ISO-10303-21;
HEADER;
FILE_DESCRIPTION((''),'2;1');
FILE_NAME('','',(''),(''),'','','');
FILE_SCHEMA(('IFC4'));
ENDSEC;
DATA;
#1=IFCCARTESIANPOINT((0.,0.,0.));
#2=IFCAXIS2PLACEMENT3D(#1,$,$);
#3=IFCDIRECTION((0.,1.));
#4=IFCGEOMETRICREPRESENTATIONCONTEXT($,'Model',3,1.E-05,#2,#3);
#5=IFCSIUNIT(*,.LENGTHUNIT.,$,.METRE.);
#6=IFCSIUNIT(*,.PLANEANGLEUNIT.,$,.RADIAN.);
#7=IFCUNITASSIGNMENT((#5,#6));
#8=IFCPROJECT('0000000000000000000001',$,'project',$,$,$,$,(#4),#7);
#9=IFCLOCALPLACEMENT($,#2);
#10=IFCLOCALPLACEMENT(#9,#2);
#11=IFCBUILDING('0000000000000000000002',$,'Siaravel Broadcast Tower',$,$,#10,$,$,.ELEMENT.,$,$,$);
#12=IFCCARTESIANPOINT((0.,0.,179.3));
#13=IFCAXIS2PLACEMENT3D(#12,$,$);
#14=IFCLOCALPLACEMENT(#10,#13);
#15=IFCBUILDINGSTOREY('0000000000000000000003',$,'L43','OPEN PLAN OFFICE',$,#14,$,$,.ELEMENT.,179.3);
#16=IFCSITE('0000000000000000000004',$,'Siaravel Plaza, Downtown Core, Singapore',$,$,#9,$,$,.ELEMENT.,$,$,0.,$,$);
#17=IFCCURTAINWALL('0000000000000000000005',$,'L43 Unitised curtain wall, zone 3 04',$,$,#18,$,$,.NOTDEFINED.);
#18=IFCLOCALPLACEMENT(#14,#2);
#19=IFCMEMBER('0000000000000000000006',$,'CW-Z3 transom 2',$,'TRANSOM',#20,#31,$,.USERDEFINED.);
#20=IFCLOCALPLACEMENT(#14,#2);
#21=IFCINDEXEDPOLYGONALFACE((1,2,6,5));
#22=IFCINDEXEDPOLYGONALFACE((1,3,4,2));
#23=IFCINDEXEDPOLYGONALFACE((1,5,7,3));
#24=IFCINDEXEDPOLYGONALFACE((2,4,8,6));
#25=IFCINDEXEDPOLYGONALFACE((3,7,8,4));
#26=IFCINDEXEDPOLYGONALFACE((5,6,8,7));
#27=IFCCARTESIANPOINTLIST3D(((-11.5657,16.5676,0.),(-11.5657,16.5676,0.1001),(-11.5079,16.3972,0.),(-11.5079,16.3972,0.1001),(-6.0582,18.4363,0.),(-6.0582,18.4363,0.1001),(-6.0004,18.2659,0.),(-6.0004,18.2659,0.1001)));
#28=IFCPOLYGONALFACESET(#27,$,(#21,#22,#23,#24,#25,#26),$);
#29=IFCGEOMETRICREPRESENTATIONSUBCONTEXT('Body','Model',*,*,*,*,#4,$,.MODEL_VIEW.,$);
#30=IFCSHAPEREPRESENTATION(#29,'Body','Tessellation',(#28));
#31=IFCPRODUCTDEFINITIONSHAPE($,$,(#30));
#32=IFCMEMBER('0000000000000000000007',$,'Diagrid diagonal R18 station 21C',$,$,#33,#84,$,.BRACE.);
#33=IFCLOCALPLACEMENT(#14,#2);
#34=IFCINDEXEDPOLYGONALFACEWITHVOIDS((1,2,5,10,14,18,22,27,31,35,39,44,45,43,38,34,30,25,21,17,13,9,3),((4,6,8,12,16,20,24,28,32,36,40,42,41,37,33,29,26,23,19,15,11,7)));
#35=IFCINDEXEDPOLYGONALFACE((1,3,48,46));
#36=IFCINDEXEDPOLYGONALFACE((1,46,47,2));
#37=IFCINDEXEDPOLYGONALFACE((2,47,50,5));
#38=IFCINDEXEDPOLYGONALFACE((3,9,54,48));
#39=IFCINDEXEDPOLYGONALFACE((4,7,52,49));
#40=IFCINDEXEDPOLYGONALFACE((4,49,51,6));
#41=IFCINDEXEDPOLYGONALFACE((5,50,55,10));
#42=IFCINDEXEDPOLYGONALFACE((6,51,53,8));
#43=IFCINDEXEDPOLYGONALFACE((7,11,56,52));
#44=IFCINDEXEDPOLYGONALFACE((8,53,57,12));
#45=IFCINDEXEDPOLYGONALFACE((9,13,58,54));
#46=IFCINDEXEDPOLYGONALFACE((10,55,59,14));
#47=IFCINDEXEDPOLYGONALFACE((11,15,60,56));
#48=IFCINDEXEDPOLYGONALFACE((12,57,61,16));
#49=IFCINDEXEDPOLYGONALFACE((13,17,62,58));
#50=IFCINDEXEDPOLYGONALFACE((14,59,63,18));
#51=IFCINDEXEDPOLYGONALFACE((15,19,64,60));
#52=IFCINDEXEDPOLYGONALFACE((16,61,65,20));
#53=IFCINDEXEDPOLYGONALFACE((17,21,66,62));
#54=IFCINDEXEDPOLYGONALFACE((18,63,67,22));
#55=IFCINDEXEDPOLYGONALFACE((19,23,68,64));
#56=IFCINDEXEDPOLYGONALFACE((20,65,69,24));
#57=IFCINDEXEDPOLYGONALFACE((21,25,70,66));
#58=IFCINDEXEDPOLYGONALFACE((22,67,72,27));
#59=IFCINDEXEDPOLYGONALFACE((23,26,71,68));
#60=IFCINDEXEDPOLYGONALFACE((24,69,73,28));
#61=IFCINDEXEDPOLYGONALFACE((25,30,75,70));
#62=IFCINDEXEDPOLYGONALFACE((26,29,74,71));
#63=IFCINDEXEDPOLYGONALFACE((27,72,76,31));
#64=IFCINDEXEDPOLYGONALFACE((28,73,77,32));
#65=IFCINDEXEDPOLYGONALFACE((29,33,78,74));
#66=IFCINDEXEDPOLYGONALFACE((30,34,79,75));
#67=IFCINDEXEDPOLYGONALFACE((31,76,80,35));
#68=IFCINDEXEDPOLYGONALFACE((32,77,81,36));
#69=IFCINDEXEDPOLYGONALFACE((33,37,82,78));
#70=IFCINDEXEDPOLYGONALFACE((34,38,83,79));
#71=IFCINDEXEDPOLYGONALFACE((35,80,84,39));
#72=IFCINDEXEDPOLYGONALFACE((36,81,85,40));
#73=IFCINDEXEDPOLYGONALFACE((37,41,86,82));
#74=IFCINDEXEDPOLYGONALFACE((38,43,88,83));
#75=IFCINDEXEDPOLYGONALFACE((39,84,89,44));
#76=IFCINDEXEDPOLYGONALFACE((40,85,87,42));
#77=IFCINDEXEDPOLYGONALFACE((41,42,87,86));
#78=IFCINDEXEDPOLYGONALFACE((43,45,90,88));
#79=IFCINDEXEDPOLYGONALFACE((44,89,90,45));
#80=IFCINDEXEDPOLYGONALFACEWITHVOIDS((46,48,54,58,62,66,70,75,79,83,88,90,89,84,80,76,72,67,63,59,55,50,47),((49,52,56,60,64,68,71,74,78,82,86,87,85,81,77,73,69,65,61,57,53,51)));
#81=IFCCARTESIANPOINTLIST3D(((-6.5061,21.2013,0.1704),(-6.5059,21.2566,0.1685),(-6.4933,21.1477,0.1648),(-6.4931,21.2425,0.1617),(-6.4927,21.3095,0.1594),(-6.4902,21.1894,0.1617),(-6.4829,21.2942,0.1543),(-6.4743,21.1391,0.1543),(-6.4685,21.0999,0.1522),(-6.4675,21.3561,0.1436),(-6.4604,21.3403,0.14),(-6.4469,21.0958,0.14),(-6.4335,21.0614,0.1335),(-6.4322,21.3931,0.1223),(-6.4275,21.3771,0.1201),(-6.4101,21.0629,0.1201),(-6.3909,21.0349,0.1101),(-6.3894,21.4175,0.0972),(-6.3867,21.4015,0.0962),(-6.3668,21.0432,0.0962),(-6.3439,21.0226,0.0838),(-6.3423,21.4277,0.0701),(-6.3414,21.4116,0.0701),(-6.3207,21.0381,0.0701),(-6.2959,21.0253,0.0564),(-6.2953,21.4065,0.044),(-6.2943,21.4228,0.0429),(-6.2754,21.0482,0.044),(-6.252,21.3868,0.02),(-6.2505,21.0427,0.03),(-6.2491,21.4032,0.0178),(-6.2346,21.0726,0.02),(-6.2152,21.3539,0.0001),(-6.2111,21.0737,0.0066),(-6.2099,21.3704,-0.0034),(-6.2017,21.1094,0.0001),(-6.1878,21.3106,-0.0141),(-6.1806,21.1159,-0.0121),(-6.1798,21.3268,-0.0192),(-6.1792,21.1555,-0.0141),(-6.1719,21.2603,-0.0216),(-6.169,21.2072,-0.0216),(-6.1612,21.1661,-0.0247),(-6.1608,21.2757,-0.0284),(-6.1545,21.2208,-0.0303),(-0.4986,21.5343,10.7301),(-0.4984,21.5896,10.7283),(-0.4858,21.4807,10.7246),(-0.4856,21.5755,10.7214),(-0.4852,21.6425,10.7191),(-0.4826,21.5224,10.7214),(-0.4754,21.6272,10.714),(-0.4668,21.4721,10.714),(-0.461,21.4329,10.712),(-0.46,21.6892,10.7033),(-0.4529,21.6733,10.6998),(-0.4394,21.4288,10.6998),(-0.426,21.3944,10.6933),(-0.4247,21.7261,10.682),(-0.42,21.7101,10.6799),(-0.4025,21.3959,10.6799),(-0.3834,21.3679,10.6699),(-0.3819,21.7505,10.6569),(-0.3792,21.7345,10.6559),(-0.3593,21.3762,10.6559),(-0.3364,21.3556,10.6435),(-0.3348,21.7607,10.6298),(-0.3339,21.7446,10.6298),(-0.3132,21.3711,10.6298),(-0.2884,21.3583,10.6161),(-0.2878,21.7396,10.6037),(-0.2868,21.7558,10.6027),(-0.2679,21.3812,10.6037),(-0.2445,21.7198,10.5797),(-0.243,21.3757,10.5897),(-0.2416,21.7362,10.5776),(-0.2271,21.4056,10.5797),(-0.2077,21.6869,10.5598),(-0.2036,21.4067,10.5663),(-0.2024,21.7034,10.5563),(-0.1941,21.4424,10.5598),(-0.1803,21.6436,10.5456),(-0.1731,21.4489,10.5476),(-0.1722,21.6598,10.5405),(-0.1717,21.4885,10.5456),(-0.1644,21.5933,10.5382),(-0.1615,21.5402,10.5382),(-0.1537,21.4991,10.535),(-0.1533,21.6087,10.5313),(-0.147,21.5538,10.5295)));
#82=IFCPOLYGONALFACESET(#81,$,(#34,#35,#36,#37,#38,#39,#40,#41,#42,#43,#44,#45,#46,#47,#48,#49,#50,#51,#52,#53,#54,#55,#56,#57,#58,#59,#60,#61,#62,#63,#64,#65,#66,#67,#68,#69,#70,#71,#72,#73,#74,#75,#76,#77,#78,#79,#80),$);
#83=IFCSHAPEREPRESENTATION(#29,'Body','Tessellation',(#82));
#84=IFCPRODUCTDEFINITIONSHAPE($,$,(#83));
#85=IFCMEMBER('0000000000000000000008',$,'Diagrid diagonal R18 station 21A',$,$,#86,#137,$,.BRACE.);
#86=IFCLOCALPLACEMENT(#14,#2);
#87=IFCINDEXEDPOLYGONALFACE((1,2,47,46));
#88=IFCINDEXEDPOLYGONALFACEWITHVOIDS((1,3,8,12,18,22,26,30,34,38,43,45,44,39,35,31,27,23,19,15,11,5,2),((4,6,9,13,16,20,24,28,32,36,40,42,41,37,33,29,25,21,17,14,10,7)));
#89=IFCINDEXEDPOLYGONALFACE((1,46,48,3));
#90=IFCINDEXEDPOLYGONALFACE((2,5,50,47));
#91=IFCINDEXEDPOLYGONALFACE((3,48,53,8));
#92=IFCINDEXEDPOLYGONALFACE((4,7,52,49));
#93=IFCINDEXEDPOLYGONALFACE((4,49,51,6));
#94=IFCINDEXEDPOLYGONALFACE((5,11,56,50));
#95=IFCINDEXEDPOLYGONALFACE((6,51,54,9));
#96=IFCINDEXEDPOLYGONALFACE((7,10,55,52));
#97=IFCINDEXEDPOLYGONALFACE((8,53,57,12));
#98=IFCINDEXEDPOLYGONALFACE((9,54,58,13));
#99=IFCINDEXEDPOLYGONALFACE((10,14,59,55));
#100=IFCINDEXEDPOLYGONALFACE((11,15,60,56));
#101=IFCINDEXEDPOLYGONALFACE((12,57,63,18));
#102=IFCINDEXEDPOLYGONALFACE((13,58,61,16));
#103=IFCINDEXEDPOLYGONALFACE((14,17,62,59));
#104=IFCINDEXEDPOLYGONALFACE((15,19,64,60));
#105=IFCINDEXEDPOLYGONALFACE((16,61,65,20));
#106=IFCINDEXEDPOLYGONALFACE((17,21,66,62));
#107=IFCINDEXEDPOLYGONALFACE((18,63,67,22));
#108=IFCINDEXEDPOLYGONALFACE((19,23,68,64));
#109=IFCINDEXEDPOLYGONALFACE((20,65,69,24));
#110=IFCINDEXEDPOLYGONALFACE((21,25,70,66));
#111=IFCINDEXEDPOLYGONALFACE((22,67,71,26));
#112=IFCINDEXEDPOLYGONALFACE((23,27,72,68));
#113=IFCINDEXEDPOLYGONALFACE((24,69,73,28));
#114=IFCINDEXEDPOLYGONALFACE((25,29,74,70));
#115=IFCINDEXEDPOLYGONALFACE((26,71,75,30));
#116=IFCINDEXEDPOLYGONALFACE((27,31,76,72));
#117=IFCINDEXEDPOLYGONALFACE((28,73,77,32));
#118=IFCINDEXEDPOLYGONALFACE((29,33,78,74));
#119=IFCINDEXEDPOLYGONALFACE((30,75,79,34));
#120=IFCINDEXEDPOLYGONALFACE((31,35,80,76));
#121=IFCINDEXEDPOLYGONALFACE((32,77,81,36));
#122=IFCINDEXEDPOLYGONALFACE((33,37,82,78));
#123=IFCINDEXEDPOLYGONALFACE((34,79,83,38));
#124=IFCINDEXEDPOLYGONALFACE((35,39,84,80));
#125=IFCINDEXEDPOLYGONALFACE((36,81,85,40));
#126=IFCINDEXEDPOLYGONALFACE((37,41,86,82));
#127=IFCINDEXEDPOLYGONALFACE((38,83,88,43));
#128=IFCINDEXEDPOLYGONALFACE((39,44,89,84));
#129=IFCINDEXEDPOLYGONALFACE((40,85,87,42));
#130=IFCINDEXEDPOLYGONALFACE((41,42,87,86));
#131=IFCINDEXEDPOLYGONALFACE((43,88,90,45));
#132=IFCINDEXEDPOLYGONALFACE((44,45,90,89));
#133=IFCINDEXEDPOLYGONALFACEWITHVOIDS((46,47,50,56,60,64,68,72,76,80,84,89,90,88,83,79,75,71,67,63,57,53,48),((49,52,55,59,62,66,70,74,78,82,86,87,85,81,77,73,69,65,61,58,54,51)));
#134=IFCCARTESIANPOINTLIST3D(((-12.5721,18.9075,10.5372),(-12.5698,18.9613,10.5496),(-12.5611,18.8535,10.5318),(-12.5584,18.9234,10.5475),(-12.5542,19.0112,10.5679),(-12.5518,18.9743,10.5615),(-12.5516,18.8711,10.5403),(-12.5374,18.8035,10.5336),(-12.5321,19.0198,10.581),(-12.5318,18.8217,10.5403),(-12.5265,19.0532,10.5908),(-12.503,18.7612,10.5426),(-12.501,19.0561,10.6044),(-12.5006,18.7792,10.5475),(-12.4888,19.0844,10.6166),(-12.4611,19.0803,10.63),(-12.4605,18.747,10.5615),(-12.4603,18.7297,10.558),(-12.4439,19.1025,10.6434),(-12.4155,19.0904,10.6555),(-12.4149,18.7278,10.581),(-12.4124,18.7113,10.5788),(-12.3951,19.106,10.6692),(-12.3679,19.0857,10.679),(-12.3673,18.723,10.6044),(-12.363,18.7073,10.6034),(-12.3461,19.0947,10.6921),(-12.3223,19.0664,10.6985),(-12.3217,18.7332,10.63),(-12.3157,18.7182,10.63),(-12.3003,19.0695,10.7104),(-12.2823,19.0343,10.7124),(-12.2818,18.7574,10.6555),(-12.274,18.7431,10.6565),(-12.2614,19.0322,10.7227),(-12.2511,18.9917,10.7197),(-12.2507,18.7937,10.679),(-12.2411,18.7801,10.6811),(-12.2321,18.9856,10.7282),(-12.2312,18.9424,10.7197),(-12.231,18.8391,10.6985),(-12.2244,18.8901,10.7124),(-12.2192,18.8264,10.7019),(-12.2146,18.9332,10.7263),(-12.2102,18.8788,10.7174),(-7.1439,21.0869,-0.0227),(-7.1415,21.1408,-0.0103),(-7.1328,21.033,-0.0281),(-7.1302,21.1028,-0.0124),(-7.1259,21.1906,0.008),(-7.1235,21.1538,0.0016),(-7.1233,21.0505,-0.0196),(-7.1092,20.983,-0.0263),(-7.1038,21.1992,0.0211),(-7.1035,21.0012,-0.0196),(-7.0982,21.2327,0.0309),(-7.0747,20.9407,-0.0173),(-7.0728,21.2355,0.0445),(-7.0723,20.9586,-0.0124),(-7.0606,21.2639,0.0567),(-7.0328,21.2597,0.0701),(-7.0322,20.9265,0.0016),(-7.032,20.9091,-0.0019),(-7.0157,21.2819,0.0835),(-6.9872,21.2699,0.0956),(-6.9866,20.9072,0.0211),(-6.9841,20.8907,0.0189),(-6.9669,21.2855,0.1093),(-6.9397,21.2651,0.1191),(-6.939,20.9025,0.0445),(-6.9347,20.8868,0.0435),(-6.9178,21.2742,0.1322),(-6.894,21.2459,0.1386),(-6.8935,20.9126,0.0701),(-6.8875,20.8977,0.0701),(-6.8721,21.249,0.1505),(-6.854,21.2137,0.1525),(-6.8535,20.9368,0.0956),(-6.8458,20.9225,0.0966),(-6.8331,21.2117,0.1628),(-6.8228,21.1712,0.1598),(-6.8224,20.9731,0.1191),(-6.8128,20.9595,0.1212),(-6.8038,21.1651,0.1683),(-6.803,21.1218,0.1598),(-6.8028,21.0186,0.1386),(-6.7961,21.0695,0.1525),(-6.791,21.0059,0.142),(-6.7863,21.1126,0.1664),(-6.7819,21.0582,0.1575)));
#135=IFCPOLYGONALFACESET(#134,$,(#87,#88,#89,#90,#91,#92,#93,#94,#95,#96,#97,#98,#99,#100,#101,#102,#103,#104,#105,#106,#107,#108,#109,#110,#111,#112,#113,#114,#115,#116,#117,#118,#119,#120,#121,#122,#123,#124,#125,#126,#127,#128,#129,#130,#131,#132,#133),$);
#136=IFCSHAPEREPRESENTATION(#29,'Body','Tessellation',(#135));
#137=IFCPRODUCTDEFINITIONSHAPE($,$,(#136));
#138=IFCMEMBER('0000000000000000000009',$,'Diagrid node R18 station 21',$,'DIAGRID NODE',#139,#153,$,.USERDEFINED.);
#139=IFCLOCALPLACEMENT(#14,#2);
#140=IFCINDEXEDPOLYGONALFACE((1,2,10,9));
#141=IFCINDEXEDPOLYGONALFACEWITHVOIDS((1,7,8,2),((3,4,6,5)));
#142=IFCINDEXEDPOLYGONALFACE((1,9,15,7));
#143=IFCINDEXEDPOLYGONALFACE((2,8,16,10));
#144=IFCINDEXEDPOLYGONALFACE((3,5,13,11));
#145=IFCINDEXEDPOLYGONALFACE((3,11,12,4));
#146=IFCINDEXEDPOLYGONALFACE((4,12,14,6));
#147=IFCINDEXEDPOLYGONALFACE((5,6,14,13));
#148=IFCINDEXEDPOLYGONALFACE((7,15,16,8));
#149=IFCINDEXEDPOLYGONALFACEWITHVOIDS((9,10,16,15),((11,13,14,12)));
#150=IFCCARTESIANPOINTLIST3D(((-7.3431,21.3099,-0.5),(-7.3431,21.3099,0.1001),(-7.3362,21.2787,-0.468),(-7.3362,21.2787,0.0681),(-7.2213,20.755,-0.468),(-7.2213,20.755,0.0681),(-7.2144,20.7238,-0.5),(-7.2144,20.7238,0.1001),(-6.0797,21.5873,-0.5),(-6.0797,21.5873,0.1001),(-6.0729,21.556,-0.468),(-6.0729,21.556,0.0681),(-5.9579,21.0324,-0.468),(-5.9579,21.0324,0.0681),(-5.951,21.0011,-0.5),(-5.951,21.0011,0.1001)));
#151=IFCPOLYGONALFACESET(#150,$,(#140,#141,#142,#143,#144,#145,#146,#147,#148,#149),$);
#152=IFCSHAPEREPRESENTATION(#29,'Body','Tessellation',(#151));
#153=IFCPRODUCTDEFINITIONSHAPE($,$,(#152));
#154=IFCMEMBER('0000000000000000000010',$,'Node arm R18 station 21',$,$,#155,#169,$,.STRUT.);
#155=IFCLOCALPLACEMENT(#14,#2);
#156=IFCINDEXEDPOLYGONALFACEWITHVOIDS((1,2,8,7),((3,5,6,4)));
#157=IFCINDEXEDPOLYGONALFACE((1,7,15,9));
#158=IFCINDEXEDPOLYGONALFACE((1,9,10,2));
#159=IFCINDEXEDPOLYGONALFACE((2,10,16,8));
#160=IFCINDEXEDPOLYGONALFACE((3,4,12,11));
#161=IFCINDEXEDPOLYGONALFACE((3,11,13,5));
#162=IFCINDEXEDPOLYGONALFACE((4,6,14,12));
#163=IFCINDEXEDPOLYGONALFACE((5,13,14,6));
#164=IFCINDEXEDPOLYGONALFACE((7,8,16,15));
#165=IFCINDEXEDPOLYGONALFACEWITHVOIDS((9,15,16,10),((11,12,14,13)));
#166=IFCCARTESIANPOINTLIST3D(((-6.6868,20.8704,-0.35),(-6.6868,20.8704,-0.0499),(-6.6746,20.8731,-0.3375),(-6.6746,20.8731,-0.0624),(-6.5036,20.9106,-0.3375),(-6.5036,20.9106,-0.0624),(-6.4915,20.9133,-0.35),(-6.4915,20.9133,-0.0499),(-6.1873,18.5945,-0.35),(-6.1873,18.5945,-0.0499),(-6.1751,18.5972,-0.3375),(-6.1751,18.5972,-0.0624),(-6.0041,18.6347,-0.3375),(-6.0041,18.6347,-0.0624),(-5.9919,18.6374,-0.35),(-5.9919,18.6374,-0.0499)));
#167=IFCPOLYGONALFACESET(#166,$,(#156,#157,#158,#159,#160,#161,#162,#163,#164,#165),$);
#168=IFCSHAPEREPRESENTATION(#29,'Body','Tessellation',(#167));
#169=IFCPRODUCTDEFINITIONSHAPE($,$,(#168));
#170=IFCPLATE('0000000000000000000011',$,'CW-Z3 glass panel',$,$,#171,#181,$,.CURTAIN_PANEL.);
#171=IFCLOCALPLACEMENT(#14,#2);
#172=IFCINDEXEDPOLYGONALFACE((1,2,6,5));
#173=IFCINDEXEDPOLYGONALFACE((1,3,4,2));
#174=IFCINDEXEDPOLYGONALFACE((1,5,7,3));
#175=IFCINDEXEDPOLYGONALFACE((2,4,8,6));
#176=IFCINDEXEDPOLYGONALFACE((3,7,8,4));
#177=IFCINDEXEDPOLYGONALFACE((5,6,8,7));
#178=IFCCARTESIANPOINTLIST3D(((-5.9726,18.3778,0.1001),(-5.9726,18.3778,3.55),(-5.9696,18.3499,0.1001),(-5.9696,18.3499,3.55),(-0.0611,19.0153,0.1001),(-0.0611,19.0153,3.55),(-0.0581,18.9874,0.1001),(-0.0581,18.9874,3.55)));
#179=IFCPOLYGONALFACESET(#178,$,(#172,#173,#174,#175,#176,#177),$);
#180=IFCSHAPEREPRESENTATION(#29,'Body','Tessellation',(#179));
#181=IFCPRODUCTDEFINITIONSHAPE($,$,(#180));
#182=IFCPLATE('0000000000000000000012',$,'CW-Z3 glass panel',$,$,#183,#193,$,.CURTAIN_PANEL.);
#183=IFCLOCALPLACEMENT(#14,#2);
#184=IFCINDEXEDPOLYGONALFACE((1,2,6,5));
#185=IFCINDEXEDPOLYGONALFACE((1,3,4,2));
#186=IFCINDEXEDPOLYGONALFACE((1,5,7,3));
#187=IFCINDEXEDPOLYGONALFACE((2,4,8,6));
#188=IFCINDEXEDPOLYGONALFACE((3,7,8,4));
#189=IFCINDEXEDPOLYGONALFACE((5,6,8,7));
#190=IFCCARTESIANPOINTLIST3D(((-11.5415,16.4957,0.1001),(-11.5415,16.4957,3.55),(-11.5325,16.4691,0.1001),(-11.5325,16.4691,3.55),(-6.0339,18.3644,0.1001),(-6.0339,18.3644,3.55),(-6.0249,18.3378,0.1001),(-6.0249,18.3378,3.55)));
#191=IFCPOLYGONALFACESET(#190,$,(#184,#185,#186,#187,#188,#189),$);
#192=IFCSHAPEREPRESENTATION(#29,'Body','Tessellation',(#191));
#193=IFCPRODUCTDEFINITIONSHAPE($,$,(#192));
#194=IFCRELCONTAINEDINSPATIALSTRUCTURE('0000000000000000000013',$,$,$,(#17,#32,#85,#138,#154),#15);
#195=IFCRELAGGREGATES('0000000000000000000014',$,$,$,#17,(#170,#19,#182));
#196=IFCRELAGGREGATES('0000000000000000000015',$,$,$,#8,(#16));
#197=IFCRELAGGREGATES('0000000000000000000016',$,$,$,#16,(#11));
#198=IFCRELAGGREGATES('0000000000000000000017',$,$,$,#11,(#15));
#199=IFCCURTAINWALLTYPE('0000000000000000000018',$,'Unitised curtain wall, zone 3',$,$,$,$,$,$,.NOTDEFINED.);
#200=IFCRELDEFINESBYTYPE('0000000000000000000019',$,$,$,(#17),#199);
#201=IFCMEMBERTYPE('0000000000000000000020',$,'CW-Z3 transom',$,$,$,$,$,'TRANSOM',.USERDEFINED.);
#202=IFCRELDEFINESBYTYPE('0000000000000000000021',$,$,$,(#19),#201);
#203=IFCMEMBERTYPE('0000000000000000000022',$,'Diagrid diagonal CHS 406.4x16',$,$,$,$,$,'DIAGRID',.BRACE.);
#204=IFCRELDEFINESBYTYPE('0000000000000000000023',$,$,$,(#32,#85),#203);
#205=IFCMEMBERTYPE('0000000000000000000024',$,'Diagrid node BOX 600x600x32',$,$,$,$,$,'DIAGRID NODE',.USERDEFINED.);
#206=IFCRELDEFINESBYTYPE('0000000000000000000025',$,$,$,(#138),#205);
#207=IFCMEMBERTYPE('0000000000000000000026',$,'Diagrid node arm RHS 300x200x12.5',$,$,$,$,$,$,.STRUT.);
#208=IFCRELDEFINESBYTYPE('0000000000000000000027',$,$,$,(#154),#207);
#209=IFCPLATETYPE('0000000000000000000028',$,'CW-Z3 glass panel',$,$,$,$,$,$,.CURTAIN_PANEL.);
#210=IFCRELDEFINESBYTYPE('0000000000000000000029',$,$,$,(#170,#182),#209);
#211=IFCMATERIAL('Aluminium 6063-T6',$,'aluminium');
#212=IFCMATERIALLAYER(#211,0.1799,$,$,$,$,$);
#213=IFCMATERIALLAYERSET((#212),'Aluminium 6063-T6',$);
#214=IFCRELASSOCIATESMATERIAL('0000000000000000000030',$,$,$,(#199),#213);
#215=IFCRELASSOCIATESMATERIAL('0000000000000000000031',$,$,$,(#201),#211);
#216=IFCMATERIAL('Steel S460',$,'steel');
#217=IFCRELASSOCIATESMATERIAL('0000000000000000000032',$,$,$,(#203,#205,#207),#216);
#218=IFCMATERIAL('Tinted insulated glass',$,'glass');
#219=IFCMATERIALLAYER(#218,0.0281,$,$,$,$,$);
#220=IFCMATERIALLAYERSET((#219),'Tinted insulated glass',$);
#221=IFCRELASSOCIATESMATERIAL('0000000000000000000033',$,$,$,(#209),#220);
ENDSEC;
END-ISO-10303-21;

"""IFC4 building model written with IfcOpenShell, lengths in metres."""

from ifc_helpers import new_model, si_unit, direction, frame, origin, origin_2d, place, context, subcontext, project, spatial, rectangle, hollow_rectangle, hollow_circle, extrude, material, layer, layer_set, material_profile, profile_set, type_object, element, aggregate, save


model = new_model("IFC4")

# Units and contexts
model_context = context("Model", 3, precision=1e-05, world=origin(), true_north=direction((0.0, 1.0)))
body_context = subcontext(model_context, "Body", "Model", "MODEL_VIEW")
ifc_project = project(units=[si_unit("LENGTHUNIT", "METRE"), si_unit("PLANEANGLEUNIT", "RADIAN")], contexts=[model_context])

# Site, building, storey
site_placement = place(None, origin())
site = spatial("IfcSite", under=ifc_project, at=site_placement, Name="Siaravel Plaza, Downtown Core, Singapore", CompositionType="ELEMENT", RefElevation=0.0)
building_placement = place(site_placement, origin())
building = spatial("IfcBuilding", under=site, at=building_placement, Name="Siaravel Broadcast Tower", CompositionType="ELEMENT")
storey_placement = place(building_placement, frame((0.0, 0.0, 179.3)))
storey = spatial("IfcBuildingStorey", under=building, at=storey_placement, Name="L43", Description="OPEN PLAN OFFICE", CompositionType="ELEMENT", Elevation=179.3)

# Curtain wall, member
ifc_material_1 = material(Name="Aluminium 6063-T6", Category="aluminium")
ifc_layer_1 = layer(ifc_material_1, 0.1799)
ifc_layer_set_1 = layer_set([ifc_layer_1], Name="Aluminium 6063-T6")
curtain_wall_type = type_object("IfcCurtainWallType", Name="Unitised curtain wall, zone 3", PredefinedType="NOTDEFINED", material=ifc_layer_set_1)
curtain_wall_placement = place(storey_placement, origin())
curtain_wall = element("IfcCurtainWall", 1, at=curtain_wall_placement, inside=storey, type_object=curtain_wall_type, Name="L43 Unitised curtain wall, zone 3 04", PredefinedType="NOTDEFINED")
ifc_material_profile_1 = material_profile(ifc_material_1, rectangle(XDim=0.1799, YDim=0.1001, at=origin_2d()))
ifc_profile_set_1 = profile_set([ifc_material_profile_1], Name="Aluminium 6063-T6")
member_type_1 = type_object("IfcMemberType", Name="CW-Z3 transom", ElementType="TRANSOM", PredefinedType="USERDEFINED", material=ifc_profile_set_1)
member_1_placement = place(storey_placement, frame((-6.0293, 18.3511, 0.05), z_axis=(-0.946978, -0.321298, 0.0), x_axis=(0.321298, -0.946978, 0.0)))
member_1 = element("IfcMember", 2, at=member_1_placement, type_object=member_type_1, Name="CW-Z3 transom 2", ObjectType="TRANSOM", PredefinedType="USERDEFINED", context=body_context, shape_type="SweptSolid", body=[
    extrude(rectangle(XDim=0.1799, YDim=0.1001, at=origin_2d()), origin(), (0.0, 0.0, 1.0), 5.8159),
])

# Members
ifc_material_2 = material(Name="Steel S460", Category="steel")
ifc_material_profile_2 = material_profile(ifc_material_2, hollow_circle(Radius=0.2031, WallThickness=0.0161, at=origin_2d()))
ifc_profile_set_2 = profile_set([ifc_material_profile_2], Name="Steel S460")
member_type_2 = type_object("IfcMemberType", Name="Diagrid diagonal CHS 406.4x16", ElementType="DIAGRID", PredefinedType="BRACE", material=ifc_profile_set_2)
member_2_placement = place(storey_placement, frame((-6.3311, 21.2249, 0.0701), z_axis=(0.494301, 0.0274, 0.868859), x_axis=(-0.055346, 0.998467, 0.0)))
element("IfcMember", 3, at=member_2_placement, inside=storey, type_object=member_type_2, Name="Diagrid diagonal R18 station 21C", PredefinedType="BRACE", context=body_context, shape_type="SweptSolid", body=[
    extrude(hollow_circle(Radius=0.2031, WallThickness=0.0161, at=origin_2d()), origin(), (0.0, 0.0, 1.0), 12.1536),
])
member_3_placement = place(storey_placement, frame((-6.9631, 21.0862, 0.0701), z_axis=(-0.449666, -0.180542, 0.87476), x_axis=(0.372592, -0.927995, 0.0)))
element("IfcMember", 4, at=member_3_placement, inside=storey, type_object=member_type_2, Name="Diagrid diagonal R18 station 21A", PredefinedType="BRACE", context=body_context, shape_type="SweptSolid", body=[
    extrude(hollow_circle(Radius=0.2031, WallThickness=0.0161, at=origin_2d()), origin(), (0.0, 0.0, 1.0), 12.0718),
])
ifc_material_profile_3 = material_profile(ifc_material_2, hollow_rectangle(XDim=0.6001, YDim=0.6001, WallThickness=0.032, at=origin_2d()))
ifc_profile_set_3 = profile_set([ifc_material_profile_3], Name="Steel S460")
member_type_3 = type_object("IfcMemberType", Name="Diagrid node BOX 600x600x32", ElementType="DIAGRID NODE", PredefinedType="USERDEFINED", material=ifc_profile_set_3)
member_4_placement = place(storey_placement, frame((-6.0154, 21.2942, -0.2), z_axis=(-0.976743, -0.214412, 0.0), x_axis=(0.214412, -0.976743, 0.0)))
element("IfcMember", 5, at=member_4_placement, inside=storey, type_object=member_type_3, Name="Diagrid node R18 station 21", ObjectType="DIAGRID NODE", PredefinedType="USERDEFINED", context=body_context, shape_type="SweptSolid", body=[
    extrude(hollow_rectangle(XDim=0.6001, YDim=0.6001, WallThickness=0.032, at=origin_2d()), origin(), (0.0, 0.0, 1.0), 1.2935),
])
ifc_material_profile_4 = material_profile(ifc_material_2, hollow_rectangle(XDim=0.2, YDim=0.3, WallThickness=0.0125, at=origin_2d()))
ifc_profile_set_4 = profile_set([ifc_material_profile_4], Name="Steel S460")
member_type_4 = type_object("IfcMemberType", Name="Diagrid node arm RHS 300x200x12.5", PredefinedType="STRUT", material=ifc_profile_set_4)
member_5_placement = place(storey_placement, frame((-6.0896, 18.616, -0.2), z_axis=(-0.214378, 0.976751, 0.0), x_axis=(-0.976751, -0.214378, 0.0)))
element("IfcMember", 6, at=member_5_placement, inside=storey, type_object=member_type_4, Name="Node arm R18 station 21", PredefinedType="STRUT", context=body_context, shape_type="SweptSolid", body=[
    extrude(hollow_rectangle(XDim=0.2, YDim=0.3, WallThickness=0.0125, at=origin_2d()), origin(), (0.0, 0.0, 1.0), 2.3301),
])

# Plates
ifc_material_3 = material(Name="Tinted insulated glass", Category="glass")
ifc_layer_2 = layer(ifc_material_3, 0.0281)
ifc_layer_set_2 = layer_set([ifc_layer_2], Name="Tinted insulated glass")
plate_type = type_object("IfcPlateType", Name="CW-Z3 glass panel", PredefinedType="CURTAIN_PANEL", material=ifc_layer_set_2)
plate_1_placement = place(storey_placement, frame((-3.0154, 18.6826, 0.1001), z_axis=(0.0, 0.0, 1.0), x_axis=(-0.994236, -0.107217, 0.0)))
plate_1 = element("IfcPlate", 7, at=plate_1_placement, type_object=plate_type, Name="CW-Z3 glass panel", PredefinedType="CURTAIN_PANEL", context=body_context, shape_type="SweptSolid", body=[
    extrude(rectangle(XDim=5.9458, YDim=0.0281, at=origin_2d()), origin(), (0.0, 0.0, 1.0), 3.45),
])
plate_2_placement = place(storey_placement, frame((-8.7832, 17.4167, 0.1001), z_axis=(0.0, 0.0, 1.0), x_axis=(-0.946977, -0.3213, 0.0)))
plate_2 = element("IfcPlate", 8, at=plate_2_placement, type_object=plate_type, Name="CW-Z3 glass panel", PredefinedType="CURTAIN_PANEL", context=body_context, shape_type="SweptSolid", body=[
    extrude(rectangle(XDim=5.8159, YDim=0.0281, at=origin_2d()), origin(), (0.0, 0.0, 1.0), 3.45),
])
aggregate(curtain_wall, [plate_1, member_1, plate_2])

save(model, "model.ifc")
